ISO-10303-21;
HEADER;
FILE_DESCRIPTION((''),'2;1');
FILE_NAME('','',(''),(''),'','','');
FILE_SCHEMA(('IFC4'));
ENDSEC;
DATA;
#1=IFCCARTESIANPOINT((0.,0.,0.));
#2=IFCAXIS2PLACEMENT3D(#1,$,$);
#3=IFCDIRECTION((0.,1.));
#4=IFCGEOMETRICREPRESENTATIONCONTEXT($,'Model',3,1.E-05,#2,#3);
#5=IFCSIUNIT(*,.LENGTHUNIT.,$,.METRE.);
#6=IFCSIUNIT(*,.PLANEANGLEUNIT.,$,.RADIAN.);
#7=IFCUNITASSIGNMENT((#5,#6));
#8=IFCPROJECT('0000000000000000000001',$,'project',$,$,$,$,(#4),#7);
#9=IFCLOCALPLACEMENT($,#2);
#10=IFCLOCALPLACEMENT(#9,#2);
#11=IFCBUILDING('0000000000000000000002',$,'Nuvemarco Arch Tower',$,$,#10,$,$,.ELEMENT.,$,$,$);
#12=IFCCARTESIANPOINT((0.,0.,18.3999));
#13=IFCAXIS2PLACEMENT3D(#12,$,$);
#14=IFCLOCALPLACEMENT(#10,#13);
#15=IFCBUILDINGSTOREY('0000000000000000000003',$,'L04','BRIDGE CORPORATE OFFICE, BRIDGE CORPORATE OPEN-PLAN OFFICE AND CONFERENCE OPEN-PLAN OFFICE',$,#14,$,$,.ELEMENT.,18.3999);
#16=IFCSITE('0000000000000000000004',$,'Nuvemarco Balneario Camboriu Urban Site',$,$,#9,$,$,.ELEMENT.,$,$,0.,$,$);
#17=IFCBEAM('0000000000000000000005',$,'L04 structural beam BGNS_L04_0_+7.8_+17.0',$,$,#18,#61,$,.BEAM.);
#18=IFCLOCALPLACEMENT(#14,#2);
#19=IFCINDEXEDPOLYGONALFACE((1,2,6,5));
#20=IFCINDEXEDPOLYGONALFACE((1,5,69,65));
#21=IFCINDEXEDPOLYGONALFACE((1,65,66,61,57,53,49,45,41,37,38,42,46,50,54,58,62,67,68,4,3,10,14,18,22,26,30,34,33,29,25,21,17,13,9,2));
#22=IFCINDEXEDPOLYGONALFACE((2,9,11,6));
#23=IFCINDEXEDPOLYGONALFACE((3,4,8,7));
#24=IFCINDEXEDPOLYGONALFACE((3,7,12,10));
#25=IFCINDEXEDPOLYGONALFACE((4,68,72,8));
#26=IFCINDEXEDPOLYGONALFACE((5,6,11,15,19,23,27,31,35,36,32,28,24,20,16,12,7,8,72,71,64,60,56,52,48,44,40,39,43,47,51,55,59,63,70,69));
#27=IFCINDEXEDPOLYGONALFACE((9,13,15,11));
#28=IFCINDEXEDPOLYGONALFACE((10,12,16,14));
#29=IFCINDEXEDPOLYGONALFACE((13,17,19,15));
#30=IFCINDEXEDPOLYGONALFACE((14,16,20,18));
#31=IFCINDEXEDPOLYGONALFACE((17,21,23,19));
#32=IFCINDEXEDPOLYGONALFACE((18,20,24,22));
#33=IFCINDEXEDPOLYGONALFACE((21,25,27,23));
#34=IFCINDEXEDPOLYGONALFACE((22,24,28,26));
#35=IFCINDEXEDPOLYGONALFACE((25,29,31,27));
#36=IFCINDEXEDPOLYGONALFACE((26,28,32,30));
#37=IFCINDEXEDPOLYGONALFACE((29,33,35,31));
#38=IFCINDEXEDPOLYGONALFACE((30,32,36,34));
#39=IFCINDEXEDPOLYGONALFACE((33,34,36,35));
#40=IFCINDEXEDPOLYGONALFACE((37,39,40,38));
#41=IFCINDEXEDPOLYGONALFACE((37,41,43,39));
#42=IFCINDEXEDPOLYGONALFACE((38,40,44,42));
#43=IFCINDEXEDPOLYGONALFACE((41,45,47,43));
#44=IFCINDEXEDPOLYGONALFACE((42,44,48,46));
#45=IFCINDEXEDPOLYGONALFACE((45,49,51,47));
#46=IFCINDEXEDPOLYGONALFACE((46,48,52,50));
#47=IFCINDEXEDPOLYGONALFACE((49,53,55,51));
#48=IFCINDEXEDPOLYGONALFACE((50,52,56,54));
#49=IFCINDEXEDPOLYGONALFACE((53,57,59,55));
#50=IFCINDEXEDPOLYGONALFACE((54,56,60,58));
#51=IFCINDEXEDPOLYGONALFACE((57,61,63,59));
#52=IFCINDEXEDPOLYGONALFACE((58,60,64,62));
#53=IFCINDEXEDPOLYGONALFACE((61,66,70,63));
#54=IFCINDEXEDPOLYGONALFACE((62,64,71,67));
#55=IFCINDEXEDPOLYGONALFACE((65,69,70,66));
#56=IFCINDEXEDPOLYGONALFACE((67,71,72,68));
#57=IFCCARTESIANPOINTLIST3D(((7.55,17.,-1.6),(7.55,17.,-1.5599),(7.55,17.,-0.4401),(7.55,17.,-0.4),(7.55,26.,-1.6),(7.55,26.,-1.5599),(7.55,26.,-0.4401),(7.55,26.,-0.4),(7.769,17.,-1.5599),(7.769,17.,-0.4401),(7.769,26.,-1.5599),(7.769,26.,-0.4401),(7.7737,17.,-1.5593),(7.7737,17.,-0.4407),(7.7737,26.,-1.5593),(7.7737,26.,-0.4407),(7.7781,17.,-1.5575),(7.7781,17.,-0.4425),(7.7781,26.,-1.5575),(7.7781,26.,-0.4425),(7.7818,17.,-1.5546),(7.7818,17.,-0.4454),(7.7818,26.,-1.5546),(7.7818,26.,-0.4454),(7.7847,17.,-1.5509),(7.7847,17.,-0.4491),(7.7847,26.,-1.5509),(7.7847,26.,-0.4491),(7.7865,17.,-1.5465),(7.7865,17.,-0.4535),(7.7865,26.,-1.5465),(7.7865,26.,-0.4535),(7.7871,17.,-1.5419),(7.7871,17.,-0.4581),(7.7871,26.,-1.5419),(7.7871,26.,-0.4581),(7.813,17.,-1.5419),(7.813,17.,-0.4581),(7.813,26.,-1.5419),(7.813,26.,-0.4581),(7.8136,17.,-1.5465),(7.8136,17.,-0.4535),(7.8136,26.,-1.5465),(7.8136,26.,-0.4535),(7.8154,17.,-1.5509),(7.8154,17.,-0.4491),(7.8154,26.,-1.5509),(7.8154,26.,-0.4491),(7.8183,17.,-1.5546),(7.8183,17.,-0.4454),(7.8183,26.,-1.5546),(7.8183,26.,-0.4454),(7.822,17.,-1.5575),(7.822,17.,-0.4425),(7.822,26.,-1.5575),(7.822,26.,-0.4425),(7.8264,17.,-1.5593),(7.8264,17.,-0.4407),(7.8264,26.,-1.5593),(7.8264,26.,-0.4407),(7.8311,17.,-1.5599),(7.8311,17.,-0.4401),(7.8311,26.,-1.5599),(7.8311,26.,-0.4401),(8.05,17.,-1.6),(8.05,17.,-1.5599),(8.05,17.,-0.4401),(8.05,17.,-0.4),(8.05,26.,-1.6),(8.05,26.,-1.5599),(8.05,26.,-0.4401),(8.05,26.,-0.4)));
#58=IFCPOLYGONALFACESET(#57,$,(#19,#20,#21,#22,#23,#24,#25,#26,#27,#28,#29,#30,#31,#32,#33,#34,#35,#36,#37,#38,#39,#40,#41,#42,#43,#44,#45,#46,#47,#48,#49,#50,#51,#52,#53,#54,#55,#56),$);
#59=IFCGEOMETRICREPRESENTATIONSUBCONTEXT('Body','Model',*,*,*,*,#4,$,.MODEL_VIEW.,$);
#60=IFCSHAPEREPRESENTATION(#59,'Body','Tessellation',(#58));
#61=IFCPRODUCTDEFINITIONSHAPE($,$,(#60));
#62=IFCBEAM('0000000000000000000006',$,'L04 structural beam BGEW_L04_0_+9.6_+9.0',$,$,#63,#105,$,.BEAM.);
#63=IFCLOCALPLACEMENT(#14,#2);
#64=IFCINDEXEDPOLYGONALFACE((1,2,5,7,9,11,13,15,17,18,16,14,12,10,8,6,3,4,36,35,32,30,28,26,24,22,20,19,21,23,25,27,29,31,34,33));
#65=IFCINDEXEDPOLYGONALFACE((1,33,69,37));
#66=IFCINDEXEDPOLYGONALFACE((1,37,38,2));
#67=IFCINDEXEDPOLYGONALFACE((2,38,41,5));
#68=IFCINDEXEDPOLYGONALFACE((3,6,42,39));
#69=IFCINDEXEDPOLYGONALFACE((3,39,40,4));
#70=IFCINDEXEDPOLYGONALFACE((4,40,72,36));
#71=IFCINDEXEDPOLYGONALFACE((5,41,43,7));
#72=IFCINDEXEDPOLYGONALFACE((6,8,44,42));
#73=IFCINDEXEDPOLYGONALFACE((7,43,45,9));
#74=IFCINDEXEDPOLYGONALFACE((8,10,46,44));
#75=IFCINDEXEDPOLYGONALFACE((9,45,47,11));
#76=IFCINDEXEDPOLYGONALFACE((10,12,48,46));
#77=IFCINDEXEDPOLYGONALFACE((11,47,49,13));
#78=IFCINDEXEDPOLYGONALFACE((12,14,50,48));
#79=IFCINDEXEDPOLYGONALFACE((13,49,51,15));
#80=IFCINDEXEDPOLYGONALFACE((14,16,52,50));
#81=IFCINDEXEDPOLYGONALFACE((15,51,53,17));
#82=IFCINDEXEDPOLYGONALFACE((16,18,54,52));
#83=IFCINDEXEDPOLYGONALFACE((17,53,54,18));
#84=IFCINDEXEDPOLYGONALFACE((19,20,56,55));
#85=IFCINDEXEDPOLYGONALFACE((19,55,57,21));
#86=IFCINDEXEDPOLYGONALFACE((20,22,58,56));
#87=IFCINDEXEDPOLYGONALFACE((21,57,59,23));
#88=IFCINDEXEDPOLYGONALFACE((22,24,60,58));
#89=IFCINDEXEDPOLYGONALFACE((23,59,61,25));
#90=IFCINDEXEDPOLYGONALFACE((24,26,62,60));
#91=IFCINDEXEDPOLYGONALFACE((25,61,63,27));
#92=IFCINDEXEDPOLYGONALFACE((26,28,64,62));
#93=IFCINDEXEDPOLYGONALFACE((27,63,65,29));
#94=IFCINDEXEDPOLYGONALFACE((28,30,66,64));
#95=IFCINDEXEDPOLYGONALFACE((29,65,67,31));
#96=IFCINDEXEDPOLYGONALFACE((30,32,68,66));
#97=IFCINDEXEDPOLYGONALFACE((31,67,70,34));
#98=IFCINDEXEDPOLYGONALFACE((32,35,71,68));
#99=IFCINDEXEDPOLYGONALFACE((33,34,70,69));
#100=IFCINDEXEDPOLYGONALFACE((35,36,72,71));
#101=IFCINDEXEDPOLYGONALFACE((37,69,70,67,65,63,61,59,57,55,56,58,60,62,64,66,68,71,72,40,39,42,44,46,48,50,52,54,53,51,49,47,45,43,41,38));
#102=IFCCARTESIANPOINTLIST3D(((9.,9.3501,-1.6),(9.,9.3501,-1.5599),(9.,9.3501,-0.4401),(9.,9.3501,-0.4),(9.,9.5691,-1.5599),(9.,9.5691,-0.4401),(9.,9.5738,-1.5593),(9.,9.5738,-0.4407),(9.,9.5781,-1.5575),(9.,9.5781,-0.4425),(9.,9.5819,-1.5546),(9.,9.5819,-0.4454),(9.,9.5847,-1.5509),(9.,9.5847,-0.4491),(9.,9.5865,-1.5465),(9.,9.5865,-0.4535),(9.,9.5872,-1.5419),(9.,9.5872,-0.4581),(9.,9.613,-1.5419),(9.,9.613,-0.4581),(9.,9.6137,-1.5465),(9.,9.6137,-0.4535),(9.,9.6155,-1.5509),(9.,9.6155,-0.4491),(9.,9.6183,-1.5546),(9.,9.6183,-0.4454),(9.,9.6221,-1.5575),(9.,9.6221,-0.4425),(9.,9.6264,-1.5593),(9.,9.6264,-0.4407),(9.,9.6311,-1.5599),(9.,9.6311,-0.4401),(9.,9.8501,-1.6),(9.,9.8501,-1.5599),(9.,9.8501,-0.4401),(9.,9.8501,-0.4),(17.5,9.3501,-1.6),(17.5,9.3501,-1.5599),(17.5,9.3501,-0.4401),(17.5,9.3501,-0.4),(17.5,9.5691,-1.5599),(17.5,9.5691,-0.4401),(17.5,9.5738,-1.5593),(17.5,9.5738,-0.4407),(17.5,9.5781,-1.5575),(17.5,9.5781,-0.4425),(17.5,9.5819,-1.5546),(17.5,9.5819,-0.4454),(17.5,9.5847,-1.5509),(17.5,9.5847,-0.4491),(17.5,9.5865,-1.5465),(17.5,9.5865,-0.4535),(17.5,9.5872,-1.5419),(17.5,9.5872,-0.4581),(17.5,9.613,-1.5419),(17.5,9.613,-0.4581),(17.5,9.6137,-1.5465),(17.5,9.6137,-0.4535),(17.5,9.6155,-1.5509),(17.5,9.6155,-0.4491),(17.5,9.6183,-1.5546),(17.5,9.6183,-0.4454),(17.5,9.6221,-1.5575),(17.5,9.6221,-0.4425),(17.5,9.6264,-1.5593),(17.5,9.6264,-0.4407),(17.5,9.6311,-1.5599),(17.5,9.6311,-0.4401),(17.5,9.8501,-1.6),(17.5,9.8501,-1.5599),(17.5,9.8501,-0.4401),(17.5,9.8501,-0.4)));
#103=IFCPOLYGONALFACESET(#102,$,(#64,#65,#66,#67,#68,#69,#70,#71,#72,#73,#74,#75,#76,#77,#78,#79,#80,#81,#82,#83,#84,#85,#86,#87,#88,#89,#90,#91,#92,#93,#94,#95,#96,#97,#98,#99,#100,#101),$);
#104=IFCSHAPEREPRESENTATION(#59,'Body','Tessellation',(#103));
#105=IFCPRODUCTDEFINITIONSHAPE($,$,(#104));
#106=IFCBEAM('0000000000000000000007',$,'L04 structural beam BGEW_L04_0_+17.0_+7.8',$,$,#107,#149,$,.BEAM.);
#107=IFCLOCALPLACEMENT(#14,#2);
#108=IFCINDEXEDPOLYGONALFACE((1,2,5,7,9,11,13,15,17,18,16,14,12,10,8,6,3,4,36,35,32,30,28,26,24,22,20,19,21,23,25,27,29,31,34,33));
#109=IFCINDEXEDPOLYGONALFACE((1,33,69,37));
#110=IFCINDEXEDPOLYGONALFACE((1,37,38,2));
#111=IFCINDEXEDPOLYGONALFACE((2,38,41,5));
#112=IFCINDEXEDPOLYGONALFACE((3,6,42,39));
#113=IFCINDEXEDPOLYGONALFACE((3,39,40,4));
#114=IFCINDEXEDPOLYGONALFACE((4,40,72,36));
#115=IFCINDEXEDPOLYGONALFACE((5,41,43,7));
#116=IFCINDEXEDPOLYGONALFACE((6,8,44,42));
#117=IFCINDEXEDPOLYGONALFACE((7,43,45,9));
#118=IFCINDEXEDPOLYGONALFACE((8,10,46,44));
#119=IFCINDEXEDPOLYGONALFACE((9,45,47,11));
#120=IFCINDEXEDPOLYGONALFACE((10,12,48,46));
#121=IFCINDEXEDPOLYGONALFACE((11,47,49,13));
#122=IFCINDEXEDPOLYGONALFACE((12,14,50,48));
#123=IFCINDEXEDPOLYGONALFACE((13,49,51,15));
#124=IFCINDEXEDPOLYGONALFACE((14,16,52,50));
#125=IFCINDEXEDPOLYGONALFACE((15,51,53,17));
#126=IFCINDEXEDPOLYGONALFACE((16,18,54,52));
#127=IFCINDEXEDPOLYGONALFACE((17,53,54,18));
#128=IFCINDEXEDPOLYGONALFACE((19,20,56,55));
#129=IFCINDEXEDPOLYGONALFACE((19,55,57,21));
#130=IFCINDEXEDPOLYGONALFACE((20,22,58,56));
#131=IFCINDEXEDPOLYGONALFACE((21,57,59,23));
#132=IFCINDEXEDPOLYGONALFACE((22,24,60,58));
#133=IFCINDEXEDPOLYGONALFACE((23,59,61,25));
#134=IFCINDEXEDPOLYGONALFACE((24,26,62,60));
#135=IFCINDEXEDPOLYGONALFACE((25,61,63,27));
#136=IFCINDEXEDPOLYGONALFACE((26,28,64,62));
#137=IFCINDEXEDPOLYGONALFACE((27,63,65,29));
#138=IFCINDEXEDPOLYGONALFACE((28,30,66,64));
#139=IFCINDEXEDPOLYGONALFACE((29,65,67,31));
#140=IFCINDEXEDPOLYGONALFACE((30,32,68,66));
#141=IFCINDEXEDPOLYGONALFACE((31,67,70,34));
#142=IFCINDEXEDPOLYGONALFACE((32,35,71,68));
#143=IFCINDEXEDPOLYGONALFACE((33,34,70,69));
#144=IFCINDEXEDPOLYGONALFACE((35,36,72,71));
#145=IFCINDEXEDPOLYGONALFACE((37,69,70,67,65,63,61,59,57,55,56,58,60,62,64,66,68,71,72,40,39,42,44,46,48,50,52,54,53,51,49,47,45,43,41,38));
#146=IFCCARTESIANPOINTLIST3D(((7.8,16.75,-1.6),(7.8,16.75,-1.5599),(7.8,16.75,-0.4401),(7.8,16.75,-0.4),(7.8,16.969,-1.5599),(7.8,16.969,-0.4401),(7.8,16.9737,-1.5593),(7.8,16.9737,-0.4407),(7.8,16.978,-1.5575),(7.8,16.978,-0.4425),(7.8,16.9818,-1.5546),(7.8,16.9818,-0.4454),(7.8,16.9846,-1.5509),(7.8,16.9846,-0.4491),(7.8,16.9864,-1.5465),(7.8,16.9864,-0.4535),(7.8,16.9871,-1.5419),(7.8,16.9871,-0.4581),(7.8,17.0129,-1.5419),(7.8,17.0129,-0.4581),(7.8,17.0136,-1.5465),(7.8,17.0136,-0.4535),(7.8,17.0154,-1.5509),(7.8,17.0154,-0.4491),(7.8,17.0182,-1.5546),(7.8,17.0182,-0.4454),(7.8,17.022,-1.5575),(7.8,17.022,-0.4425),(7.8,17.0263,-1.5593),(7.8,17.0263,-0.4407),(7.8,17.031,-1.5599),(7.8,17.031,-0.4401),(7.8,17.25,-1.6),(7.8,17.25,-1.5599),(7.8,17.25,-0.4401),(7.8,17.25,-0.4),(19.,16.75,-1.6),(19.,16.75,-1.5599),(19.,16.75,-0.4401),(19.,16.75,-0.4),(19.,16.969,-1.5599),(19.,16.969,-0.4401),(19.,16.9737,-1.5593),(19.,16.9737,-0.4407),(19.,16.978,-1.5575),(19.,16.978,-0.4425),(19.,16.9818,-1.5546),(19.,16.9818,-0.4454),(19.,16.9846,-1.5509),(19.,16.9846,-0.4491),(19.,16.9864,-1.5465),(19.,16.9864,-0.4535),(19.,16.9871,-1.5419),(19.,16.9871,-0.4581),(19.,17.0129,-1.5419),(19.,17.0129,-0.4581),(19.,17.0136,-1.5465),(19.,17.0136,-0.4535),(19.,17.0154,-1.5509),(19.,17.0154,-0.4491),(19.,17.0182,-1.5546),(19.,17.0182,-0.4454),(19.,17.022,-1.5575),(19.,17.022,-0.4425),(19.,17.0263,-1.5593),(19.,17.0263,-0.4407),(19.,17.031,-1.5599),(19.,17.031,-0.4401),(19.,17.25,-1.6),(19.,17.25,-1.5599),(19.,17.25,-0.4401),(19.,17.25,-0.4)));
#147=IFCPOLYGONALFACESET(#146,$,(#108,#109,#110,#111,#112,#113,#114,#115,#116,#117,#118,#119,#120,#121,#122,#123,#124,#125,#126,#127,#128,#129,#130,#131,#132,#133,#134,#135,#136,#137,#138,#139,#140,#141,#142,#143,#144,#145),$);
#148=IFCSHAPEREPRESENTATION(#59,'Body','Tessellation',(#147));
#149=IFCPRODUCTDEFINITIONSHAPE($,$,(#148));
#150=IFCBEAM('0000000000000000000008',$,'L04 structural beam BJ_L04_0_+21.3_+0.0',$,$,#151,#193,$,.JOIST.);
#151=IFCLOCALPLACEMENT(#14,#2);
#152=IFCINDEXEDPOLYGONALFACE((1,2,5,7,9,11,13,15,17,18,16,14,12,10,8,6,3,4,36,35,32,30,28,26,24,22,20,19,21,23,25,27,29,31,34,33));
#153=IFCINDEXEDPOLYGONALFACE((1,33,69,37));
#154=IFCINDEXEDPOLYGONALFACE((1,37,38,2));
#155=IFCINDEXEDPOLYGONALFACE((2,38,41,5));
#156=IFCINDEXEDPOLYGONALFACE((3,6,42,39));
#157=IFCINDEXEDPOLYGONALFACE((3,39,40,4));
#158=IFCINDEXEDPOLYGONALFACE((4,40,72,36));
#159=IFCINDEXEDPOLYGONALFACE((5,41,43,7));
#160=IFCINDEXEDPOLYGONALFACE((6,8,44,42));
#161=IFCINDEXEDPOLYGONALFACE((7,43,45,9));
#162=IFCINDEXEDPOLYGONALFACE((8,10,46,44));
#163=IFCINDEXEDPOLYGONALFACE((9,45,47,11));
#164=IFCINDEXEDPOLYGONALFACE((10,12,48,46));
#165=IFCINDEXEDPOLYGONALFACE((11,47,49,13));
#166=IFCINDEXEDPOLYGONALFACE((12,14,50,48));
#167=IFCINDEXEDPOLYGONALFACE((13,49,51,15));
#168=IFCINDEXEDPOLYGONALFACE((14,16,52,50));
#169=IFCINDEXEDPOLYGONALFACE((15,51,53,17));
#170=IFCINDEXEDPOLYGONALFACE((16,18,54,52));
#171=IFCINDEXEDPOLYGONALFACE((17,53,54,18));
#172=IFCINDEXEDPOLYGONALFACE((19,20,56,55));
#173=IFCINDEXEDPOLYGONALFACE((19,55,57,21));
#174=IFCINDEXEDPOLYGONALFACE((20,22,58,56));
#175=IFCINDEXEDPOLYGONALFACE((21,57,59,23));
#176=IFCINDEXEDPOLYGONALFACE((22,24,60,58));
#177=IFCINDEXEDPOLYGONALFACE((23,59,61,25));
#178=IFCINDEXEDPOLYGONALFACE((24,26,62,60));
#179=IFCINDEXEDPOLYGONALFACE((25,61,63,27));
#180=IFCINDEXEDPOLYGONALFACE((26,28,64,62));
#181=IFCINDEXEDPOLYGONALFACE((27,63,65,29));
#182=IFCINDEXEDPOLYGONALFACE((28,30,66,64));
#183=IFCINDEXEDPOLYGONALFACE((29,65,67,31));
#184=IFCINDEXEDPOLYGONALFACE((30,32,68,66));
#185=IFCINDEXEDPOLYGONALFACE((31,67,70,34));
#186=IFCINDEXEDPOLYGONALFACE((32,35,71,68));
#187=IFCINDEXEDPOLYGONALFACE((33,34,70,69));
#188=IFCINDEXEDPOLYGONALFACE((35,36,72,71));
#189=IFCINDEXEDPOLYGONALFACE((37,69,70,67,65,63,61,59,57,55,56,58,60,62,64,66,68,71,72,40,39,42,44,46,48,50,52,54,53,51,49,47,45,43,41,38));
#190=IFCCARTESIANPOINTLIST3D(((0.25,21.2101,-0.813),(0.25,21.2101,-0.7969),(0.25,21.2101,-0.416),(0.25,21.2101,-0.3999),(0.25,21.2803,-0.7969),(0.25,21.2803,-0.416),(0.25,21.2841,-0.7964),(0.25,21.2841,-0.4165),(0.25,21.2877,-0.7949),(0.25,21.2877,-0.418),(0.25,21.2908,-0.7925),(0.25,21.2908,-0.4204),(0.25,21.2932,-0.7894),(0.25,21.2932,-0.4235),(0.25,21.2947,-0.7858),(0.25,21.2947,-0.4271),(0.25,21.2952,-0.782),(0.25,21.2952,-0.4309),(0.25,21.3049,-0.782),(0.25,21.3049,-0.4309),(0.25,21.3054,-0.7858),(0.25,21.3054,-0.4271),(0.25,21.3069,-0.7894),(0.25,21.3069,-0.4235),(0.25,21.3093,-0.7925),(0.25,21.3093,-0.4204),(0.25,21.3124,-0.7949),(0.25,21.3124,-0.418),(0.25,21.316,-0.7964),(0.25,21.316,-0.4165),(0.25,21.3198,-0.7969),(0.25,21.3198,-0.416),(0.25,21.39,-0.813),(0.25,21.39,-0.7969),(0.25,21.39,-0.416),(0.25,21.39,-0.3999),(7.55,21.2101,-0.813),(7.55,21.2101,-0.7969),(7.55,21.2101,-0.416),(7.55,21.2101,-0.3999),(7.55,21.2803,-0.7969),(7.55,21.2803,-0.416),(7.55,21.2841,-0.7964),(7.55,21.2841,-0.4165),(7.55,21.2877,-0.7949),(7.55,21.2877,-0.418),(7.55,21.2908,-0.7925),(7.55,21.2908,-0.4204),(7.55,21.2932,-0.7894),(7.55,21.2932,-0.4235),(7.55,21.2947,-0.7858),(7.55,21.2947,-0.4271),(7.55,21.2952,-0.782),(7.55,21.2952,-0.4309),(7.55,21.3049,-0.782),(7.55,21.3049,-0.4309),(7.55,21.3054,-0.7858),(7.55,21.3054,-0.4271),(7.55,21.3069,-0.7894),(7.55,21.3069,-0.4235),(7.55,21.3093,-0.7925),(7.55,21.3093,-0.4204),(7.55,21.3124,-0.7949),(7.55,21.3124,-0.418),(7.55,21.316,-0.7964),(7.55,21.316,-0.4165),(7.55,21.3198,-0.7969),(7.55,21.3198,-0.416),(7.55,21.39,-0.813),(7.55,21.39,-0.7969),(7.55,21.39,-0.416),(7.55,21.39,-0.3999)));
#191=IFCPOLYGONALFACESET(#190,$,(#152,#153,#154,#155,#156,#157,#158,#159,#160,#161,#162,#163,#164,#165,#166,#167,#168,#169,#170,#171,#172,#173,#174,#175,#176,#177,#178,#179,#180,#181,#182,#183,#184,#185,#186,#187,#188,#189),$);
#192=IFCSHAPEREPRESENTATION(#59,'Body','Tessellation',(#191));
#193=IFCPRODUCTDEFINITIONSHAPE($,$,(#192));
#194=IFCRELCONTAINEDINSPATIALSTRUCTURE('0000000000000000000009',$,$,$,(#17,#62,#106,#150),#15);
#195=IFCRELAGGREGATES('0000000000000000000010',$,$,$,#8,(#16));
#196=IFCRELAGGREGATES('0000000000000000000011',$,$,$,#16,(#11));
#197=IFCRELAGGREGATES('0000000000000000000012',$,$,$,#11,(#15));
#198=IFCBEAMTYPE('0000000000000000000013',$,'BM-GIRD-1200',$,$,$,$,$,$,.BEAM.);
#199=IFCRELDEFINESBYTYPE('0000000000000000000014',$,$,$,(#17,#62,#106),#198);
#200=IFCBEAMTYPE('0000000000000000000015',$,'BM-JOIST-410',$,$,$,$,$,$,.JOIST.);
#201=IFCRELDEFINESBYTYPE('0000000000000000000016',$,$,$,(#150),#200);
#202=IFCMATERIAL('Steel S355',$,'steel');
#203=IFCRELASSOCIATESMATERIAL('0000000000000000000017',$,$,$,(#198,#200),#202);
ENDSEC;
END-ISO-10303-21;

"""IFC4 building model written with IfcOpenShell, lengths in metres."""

from ifc_helpers import new_model, si_unit, direction, frame, origin, origin_2d, place, context, subcontext, project, spatial, i_section, extrude, material, material_profile, profile_set, type_object, element, save


model = new_model("IFC4")

# Units and contexts
model_context = context("Model", 3, precision=1e-05, world=origin(), true_north=direction((0.0, 1.0)))
body_context = subcontext(model_context, "Body", "Model", "MODEL_VIEW")
ifc_project = project(units=[si_unit("LENGTHUNIT", "METRE"), si_unit("PLANEANGLEUNIT", "RADIAN")], contexts=[model_context])

# Site, building, storey
site_placement = place(None, origin())
site = spatial("IfcSite", under=ifc_project, at=site_placement, Name="Nuvemarco Balneario Camboriu Urban Site", CompositionType="ELEMENT", RefElevation=0.0)
building_placement = place(site_placement, origin())
building = spatial("IfcBuilding", under=site, at=building_placement, Name="Nuvemarco Arch Tower", CompositionType="ELEMENT")
storey_placement = place(building_placement, frame((0.0, 0.0, 18.3999)))
storey = spatial("IfcBuildingStorey", under=building, at=storey_placement, Name="L04", Description="BRIDGE CORPORATE OFFICE, BRIDGE CORPORATE OPEN-PLAN OFFICE AND CONFERENCE OPEN-PLAN OFFICE", CompositionType="ELEMENT", Elevation=18.3999)

# Shared definitions
ifc_material_1 = material(Name="Steel S355", Category="steel")

# Beams
ifc_material_profile_1 = material_profile(ifc_material_1, i_section(OverallWidth=0.5, OverallDepth=1.2, WebThickness=0.0259, FlangeThickness=0.04, FilletRadius=0.0181, at=origin_2d()), Name="PG1200x500")
ifc_profile_set_1 = profile_set([ifc_material_profile_1], Name="Steel S355")
beam_type_1 = type_object("IfcBeamType", Name="BM-GIRD-1200", PredefinedType="BEAM", material=ifc_profile_set_1)
for number, where, z_axis, x_axis, name in (
    (1, (7.8, 17.0, -1.0), (0.0, 1.0, 0.0), (-1.0, 0.0, 0.0), "L04 structural beam BGNS_L04_0_+7.8_+17.0"),
):
    element("IfcBeam", number, at=place(storey_placement, frame(where, z_axis=z_axis, x_axis=x_axis)), inside=storey, type_object=beam_type_1, Name=name, PredefinedType="BEAM", context=body_context, shape_type="SweptSolid", body=[
        extrude(i_section(OverallWidth=0.5, OverallDepth=1.2, WebThickness=0.0259, FlangeThickness=0.04, FilletRadius=0.0181, at=origin_2d()), origin(), (0.0, 0.0, 1.0), 9.0),
    ])
beam_1_placement = place(storey_placement, frame((9.0, 9.6001, -1.0), z_axis=(1.0, 0.0, 0.0), x_axis=(0.0, 1.0, 0.0)))
element("IfcBeam", 2, at=beam_1_placement, inside=storey, type_object=beam_type_1, Name="L04 structural beam BGEW_L04_0_+9.6_+9.0", PredefinedType="BEAM", context=body_context, shape_type="SweptSolid", body=[
    extrude(i_section(OverallWidth=0.5, OverallDepth=1.2, WebThickness=0.0259, FlangeThickness=0.04, FilletRadius=0.0181, at=origin_2d()), origin(), (0.0, 0.0, 1.0), 8.5),
])
beam_2_placement = place(storey_placement, frame((7.8, 17.0, -1.0), z_axis=(1.0, 0.0, 0.0), x_axis=(0.0, 1.0, 0.0)))
element("IfcBeam", 3, at=beam_2_placement, inside=storey, type_object=beam_type_1, Name="L04 structural beam BGEW_L04_0_+17.0_+7.8", PredefinedType="BEAM", context=body_context, shape_type="SweptSolid", body=[
    extrude(i_section(OverallWidth=0.5, OverallDepth=1.2, WebThickness=0.0259, FlangeThickness=0.04, FilletRadius=0.0181, at=origin_2d()), origin(), (0.0, 0.0, 1.0), 11.2),
])
ifc_material_profile_2 = material_profile(ifc_material_1, i_section(OverallWidth=0.1799, OverallDepth=0.4131, WebThickness=0.0098, FlangeThickness=0.0161, FilletRadius=0.0149, at=origin_2d()), Name="W410x75")
ifc_profile_set_2 = profile_set([ifc_material_profile_2], Name="Steel S355")
beam_type_2 = type_object("IfcBeamType", Name="BM-JOIST-410", PredefinedType="JOIST", material=ifc_profile_set_2)
beam_3_placement = place(storey_placement, frame((0.25, 21.3, -0.6064), z_axis=(1.0, 0.0, 0.0), x_axis=(0.0, 1.0, 0.0)))
element("IfcBeam", 4, at=beam_3_placement, inside=storey, type_object=beam_type_2, Name="L04 structural beam BJ_L04_0_+21.3_+0.0", PredefinedType="JOIST", context=body_context, shape_type="SweptSolid", body=[
    extrude(i_section(OverallWidth=0.1799, OverallDepth=0.4131, WebThickness=0.0098, FlangeThickness=0.0161, FilletRadius=0.0149, at=origin_2d()), origin(), (0.0, 0.0, 1.0), 7.3),
])

save(model, "model.ifc")
